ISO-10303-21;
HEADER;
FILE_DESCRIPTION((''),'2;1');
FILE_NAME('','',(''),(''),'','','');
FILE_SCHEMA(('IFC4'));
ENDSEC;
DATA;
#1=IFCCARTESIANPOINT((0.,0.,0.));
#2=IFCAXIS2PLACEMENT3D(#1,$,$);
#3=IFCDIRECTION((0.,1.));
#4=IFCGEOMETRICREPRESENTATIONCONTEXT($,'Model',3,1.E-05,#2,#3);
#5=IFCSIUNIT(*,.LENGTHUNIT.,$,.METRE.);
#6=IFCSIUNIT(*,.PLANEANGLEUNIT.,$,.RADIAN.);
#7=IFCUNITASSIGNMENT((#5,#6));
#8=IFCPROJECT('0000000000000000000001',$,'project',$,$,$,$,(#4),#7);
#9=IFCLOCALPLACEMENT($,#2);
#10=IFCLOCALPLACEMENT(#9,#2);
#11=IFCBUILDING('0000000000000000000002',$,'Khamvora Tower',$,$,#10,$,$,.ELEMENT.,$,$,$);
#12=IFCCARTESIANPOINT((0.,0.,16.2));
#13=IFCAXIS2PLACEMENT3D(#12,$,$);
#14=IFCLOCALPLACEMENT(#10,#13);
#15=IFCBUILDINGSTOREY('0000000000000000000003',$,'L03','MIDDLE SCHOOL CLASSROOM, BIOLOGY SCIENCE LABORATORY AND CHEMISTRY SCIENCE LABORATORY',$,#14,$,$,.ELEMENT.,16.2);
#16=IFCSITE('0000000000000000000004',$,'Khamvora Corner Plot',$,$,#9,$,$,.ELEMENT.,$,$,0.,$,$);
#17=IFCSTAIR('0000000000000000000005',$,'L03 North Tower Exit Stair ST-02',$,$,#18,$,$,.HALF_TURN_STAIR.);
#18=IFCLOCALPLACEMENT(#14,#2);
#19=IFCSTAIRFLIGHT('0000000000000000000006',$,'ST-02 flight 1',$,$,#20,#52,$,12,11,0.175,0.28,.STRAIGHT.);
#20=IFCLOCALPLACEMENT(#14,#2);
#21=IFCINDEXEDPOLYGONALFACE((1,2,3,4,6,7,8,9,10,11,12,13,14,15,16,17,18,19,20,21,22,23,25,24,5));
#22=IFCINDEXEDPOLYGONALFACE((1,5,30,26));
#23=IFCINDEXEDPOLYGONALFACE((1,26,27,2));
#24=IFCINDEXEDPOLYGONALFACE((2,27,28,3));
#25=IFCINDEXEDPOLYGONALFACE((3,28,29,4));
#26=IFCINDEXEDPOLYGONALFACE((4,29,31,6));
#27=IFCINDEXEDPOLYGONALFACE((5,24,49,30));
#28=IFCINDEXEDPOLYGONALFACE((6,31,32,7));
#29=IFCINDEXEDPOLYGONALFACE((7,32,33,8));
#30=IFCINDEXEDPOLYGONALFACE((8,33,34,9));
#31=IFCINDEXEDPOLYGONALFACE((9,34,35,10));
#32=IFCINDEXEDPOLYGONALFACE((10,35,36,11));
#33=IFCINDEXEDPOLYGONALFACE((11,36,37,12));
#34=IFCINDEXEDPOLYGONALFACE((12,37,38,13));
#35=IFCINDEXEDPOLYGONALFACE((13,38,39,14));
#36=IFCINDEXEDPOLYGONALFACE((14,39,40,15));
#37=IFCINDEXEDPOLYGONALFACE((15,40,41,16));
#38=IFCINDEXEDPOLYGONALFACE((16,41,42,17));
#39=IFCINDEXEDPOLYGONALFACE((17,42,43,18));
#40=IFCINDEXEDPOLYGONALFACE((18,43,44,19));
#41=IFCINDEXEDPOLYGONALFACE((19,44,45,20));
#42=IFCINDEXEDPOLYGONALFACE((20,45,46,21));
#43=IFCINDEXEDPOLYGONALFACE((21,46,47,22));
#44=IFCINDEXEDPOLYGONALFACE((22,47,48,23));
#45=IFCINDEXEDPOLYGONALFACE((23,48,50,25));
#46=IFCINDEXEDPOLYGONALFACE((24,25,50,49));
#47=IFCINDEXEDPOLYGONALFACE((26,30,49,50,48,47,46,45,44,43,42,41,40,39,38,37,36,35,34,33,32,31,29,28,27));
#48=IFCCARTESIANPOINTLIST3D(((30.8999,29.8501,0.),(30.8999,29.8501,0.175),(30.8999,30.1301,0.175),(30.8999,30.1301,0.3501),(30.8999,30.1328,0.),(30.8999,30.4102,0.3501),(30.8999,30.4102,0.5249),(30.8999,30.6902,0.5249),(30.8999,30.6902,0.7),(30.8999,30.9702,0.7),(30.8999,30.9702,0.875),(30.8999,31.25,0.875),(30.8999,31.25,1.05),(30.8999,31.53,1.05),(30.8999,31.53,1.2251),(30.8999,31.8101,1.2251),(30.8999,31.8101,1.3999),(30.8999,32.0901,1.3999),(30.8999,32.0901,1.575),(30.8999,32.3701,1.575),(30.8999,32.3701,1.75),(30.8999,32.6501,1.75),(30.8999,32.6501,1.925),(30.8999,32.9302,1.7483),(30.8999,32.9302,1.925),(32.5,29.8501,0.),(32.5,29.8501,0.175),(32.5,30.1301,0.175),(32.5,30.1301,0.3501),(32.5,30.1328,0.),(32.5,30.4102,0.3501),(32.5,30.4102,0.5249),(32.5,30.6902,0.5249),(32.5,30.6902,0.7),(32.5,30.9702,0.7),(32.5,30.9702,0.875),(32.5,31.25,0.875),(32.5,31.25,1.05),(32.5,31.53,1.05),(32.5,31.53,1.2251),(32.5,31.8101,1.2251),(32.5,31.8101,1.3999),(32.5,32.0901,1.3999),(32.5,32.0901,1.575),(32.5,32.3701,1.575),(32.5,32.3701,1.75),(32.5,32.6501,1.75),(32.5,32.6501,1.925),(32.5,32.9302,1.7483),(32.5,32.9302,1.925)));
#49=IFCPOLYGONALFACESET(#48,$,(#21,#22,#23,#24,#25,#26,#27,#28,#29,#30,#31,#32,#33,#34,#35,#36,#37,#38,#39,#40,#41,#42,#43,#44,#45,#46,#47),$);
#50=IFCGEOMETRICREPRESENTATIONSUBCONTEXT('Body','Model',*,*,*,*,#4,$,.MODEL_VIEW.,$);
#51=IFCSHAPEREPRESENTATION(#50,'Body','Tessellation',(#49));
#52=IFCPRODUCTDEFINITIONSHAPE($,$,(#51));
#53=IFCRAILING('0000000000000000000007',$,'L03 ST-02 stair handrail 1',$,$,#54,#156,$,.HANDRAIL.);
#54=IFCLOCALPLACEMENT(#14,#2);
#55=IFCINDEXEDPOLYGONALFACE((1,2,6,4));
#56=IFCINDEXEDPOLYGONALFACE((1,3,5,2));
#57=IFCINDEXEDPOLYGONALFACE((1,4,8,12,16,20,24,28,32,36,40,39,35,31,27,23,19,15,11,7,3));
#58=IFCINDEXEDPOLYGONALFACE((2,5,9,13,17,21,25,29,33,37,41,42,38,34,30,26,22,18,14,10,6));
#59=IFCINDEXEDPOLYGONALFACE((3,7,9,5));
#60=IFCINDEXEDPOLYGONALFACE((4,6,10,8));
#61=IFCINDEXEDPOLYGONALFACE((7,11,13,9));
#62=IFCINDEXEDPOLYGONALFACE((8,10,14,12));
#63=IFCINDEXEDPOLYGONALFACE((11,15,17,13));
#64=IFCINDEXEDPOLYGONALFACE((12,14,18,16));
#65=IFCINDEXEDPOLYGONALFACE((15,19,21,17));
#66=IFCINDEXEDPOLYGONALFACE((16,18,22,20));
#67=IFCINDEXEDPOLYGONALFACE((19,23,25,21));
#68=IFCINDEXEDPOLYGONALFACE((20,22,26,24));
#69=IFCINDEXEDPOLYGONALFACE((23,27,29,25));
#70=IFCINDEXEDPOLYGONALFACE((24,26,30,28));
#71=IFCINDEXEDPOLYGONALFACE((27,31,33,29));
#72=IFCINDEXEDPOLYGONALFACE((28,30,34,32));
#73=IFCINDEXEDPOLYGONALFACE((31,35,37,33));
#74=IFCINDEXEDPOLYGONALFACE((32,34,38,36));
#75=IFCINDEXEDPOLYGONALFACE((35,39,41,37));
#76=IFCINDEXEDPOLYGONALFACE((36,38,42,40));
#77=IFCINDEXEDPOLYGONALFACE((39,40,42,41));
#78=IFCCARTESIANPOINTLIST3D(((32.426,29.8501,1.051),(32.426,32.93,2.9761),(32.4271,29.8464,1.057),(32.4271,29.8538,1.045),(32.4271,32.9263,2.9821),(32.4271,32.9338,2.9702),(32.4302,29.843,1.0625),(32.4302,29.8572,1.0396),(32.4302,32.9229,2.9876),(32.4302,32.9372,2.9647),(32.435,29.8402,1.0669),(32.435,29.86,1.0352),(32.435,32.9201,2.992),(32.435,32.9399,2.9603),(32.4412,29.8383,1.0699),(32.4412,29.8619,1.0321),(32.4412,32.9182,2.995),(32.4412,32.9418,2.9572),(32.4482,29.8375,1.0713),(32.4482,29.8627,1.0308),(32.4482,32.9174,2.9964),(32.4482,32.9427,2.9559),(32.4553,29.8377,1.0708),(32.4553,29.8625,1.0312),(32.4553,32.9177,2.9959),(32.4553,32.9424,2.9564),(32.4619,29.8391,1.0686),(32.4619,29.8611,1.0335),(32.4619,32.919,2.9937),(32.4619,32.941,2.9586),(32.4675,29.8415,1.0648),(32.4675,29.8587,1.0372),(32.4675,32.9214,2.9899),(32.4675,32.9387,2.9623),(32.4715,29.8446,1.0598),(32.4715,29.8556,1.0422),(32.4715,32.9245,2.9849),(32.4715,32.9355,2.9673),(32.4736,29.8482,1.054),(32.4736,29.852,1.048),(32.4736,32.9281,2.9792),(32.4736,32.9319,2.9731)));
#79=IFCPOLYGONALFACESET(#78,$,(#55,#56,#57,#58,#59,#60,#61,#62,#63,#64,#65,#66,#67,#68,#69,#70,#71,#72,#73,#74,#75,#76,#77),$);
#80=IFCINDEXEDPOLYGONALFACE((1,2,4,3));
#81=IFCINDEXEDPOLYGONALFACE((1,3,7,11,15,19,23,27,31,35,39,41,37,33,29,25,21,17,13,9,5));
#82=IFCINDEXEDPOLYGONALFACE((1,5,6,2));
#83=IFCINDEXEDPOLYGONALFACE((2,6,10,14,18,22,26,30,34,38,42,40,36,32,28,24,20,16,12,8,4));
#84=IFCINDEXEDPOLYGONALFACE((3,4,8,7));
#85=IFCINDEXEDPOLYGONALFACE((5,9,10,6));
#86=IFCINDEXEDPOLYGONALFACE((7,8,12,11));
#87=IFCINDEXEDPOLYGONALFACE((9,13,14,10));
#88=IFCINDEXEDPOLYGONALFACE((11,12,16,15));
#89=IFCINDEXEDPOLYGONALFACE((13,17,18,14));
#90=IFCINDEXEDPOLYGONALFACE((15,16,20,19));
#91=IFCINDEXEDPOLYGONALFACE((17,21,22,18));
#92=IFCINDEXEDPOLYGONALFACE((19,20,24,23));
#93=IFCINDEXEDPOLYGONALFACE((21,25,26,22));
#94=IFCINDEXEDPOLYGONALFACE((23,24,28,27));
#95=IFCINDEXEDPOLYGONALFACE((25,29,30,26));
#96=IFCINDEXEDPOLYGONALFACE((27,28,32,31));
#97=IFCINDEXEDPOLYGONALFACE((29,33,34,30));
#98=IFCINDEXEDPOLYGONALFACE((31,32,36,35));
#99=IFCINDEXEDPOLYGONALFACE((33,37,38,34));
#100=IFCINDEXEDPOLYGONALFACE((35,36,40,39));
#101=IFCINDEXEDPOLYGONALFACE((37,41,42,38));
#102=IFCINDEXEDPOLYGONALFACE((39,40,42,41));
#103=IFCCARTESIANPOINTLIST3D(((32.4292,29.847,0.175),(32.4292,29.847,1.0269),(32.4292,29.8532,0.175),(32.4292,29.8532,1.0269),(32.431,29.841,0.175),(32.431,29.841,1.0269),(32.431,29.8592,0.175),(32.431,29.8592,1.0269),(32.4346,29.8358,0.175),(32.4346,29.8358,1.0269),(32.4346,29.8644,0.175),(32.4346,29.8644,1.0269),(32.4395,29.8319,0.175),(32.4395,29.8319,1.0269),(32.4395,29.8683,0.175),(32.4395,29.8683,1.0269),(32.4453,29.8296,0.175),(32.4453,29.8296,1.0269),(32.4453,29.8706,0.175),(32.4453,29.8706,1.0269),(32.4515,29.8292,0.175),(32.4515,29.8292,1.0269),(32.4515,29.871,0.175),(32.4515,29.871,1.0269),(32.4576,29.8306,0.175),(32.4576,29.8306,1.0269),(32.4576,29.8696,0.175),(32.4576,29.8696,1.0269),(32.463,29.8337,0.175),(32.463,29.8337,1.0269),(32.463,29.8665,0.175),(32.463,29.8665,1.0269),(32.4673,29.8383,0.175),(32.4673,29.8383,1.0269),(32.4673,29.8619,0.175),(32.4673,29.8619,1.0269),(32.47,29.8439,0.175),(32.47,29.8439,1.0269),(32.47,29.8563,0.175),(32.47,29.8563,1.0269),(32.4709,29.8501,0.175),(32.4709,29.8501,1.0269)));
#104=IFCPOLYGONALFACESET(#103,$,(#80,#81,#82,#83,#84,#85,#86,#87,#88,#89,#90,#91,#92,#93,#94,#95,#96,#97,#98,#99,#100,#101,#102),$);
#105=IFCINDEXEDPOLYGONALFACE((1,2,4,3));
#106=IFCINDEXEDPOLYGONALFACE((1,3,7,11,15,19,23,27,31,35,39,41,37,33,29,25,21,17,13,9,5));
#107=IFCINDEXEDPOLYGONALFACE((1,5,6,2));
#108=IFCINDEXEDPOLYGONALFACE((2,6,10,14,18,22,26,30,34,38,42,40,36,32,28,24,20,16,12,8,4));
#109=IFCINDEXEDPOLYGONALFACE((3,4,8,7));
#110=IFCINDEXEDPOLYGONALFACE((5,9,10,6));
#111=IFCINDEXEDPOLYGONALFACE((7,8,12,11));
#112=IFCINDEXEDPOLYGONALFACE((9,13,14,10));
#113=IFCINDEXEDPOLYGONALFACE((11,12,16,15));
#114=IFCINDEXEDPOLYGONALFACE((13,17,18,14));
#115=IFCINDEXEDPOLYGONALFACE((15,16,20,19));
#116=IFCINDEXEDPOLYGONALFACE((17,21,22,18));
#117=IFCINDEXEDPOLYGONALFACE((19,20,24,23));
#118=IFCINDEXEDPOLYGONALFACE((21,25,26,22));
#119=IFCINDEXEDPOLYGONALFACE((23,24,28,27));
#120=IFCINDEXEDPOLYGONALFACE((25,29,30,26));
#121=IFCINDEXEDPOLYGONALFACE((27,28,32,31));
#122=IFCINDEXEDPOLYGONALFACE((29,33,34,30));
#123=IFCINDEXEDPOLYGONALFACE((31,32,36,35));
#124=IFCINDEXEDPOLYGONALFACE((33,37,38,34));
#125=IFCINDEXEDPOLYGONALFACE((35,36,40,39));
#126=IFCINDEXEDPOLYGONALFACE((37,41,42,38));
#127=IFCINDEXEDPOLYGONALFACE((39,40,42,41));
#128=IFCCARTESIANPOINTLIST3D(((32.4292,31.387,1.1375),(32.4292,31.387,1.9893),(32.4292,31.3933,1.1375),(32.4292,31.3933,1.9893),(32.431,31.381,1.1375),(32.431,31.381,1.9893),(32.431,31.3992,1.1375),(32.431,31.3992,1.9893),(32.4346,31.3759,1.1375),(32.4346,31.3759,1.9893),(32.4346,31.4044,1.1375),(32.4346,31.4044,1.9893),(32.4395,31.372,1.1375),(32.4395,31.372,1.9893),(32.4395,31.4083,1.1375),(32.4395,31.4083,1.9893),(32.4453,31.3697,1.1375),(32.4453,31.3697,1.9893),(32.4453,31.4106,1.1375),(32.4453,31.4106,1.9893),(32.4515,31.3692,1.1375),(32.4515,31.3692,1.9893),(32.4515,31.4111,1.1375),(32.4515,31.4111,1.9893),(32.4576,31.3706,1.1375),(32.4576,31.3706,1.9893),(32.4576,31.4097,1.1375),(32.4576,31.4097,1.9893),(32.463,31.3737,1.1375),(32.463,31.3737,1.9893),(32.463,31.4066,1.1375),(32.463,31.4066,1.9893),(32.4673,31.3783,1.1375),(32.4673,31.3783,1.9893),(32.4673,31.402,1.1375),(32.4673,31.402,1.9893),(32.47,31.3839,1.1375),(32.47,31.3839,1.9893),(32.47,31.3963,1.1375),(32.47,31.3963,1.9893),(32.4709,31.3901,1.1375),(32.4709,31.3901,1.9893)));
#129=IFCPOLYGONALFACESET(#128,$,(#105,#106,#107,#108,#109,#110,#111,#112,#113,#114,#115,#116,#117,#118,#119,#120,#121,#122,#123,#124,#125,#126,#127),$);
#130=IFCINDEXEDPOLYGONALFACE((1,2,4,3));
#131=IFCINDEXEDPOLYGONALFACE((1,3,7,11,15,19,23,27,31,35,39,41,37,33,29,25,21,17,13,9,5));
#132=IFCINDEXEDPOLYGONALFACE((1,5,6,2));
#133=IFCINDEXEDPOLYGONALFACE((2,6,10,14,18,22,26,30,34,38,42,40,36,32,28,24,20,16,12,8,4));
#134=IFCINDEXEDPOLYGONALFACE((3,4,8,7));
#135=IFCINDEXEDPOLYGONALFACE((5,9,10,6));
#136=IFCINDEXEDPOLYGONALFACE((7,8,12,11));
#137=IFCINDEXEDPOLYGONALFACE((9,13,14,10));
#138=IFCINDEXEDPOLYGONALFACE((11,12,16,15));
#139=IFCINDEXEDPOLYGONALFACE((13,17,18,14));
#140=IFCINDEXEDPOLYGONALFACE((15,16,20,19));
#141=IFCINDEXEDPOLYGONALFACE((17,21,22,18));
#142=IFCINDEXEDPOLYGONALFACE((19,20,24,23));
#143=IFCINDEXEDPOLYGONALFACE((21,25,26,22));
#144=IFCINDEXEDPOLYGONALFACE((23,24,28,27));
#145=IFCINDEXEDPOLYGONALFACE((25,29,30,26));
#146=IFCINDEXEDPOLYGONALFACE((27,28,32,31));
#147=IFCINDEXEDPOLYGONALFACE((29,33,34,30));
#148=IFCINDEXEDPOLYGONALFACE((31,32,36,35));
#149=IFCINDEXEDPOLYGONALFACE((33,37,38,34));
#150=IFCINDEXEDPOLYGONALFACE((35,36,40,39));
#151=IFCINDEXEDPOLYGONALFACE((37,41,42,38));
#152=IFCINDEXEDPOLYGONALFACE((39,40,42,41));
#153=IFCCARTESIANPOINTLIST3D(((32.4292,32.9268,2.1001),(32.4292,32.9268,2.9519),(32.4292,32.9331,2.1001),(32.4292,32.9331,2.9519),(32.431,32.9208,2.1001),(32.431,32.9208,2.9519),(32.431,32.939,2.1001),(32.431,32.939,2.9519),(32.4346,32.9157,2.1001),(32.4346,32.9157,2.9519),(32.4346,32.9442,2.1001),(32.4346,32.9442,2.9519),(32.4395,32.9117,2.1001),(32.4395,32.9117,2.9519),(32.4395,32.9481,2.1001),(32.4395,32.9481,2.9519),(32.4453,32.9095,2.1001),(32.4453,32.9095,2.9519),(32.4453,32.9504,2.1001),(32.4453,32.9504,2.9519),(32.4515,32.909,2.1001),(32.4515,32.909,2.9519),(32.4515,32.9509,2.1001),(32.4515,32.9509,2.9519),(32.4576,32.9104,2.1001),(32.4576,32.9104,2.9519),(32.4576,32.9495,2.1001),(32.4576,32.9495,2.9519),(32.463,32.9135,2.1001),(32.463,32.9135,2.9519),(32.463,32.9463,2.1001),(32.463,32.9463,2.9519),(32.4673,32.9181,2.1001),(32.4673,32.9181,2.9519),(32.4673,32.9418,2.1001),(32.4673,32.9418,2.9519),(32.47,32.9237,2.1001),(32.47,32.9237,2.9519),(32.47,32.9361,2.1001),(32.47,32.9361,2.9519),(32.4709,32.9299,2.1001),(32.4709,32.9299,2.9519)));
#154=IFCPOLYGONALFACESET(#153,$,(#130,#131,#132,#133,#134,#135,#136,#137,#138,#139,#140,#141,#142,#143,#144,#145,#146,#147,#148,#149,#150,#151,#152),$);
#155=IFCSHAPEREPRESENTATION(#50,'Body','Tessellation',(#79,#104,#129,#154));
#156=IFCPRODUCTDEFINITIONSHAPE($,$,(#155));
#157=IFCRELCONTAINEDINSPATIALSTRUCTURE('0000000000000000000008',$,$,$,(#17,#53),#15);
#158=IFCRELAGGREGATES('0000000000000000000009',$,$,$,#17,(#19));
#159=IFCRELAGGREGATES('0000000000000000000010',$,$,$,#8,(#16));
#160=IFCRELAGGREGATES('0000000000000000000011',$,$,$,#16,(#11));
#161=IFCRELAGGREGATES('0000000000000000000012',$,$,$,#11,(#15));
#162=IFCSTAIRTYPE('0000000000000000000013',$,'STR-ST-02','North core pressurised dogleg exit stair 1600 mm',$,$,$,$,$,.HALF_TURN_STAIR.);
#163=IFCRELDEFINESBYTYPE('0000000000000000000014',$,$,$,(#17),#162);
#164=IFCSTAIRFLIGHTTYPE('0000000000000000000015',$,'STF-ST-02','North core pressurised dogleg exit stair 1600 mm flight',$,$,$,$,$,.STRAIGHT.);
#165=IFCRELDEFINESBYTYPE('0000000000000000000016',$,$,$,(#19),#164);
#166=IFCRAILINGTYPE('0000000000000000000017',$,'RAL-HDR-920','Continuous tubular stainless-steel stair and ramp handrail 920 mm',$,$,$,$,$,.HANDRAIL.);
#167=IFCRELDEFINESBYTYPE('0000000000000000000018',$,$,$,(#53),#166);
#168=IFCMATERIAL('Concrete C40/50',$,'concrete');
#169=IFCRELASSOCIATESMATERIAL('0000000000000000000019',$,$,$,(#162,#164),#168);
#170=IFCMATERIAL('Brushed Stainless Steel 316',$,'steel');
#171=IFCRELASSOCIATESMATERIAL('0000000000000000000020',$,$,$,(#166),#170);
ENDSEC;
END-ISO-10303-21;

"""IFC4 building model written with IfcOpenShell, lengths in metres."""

from ifc_helpers import new_model, si_unit, direction, frame, origin, origin_2d, place, context, subcontext, project, spatial, polyline, circle, outline, extrude, material, type_object, element, aggregate, save


model = new_model("IFC4")

# Units and contexts
model_context = context("Model", 3, precision=1e-05, world=origin(), true_north=direction((0.0, 1.0)))
body_context = subcontext(model_context, "Body", "Model", "MODEL_VIEW")
ifc_project = project(units=[si_unit("LENGTHUNIT", "METRE"), si_unit("PLANEANGLEUNIT", "RADIAN")], contexts=[model_context])

# Site, building, storey
site_placement = place(None, origin())
site = spatial("IfcSite", under=ifc_project, at=site_placement, Name="Khamvora Corner Plot", CompositionType="ELEMENT", RefElevation=0.0)
building_placement = place(site_placement, origin())
building = spatial("IfcBuilding", under=site, at=building_placement, Name="Khamvora Tower", CompositionType="ELEMENT")
storey_placement = place(building_placement, frame((0.0, 0.0, 16.2)))
storey = spatial("IfcBuildingStorey", under=building, at=storey_placement, Name="L03", Description="MIDDLE SCHOOL CLASSROOM, BIOLOGY SCIENCE LABORATORY AND CHEMISTRY SCIENCE LABORATORY", CompositionType="ELEMENT", Elevation=16.2)

# Shared definitions
ifc_material_1 = material(Name="Concrete C40/50", Category="concrete")

# Stair, stair flight
stair_type = type_object("IfcStairType", Name="STR-ST-02", Description="North core pressurised dogleg exit stair 1600 mm", PredefinedType="HALF_TURN_STAIR", material=ifc_material_1)
stair_placement = place(storey_placement, origin())
stair = element("IfcStair", 1, at=stair_placement, inside=storey, type_object=stair_type, Name="L03 North Tower Exit Stair ST-02", PredefinedType="HALF_TURN_STAIR")
stair_flight_type = type_object("IfcStairFlightType", Name="STF-ST-02", Description="North core pressurised dogleg exit stair 1600 mm flight", PredefinedType="STRAIGHT", material=ifc_material_1)
stair_flight_placement = place(storey_placement, frame((31.7, 29.8501, 0.0), z_axis=(0.0, 0.0, 1.0), x_axis=(0.0, 1.0, 0.0)))
stair_flight = element("IfcStairFlight", 2, at=stair_flight_placement, type_object=stair_flight_type, Name="ST-02 flight 1", NumberOfRisers=12, NumberOfTreads=11, PredefinedType="STRAIGHT", RiserHeight=0.175, TreadLength=0.28, context=body_context, shape_type="SweptSolid", body=[
    extrude(outline(polyline([(0.0, 0.0), (0.0, 0.175), (0.28, 0.175), (0.28, 0.3501), (0.5601, 0.3501), (0.5601, 0.5249), (0.8401, 0.5249), (0.8401, 0.7), (1.1201, 0.7), (1.1201, 0.875), (1.3999, 0.875), (1.3999, 1.05), (1.6799, 1.05), (1.6799, 1.2251), (1.96, 1.2251), (1.96, 1.3999), (2.24, 1.3999), (2.24, 1.575), (2.52, 1.575), (2.52, 1.75), (2.8, 1.75), (2.8, 1.925), (3.0801, 1.925), (3.0801, 2.1001), (3.0801, 1.7483), (0.2827, 0.0), (0.0, 0.0)])), frame((0.0, 0.8, 0.0), z_axis=(0.0, -1.0, 0.0), x_axis=(1.0, 0.0, 0.0)), (0.0, 0.0, 1.0), 1.6001),
])
aggregate(stair, [stair_flight])

# Railing
ifc_material_2 = material(Name="Brushed Stainless Steel 316", Category="steel")
railing_type_1 = type_object("IfcRailingType", Name="RAL-HDR-920", Description="Continuous tubular stainless-steel stair and ramp handrail 920 mm", PredefinedType="HANDRAIL", material=ifc_material_2)
railing_1_placement = place(storey_placement, frame((32.45, 29.8501, 0.175)))
element("IfcRailing", 3, at=railing_1_placement, inside=storey, type_object=railing_type_1, Name="L03 ST-02 stair handrail 1", PredefinedType="HANDRAIL", context=body_context, shape_type="SweptSolid", body=[
    extrude(circle(Radius=0.0239, at=origin_2d()), frame((0.0, 0.0, 0.876), z_axis=(0.0, 0.847979, 0.530029), x_axis=(-1.0, 0.0, 0.0)), (0.0, 0.0, 1.0), 3.6321),
    extrude(circle(Radius=0.021, at=origin_2d()), origin(), (0.0, 0.0, 1.0), 0.8518),
    extrude(circle(Radius=0.021, at=origin_2d()), frame((0.0, 1.54, 0.9624)), (0.0, 0.0, 1.0), 0.8518),
    extrude(circle(Radius=0.021, at=origin_2d()), frame((0.0, 3.0798, 1.925)), (0.0, 0.0, 1.0), 0.8518),
])

save(model, "model.ifc")
